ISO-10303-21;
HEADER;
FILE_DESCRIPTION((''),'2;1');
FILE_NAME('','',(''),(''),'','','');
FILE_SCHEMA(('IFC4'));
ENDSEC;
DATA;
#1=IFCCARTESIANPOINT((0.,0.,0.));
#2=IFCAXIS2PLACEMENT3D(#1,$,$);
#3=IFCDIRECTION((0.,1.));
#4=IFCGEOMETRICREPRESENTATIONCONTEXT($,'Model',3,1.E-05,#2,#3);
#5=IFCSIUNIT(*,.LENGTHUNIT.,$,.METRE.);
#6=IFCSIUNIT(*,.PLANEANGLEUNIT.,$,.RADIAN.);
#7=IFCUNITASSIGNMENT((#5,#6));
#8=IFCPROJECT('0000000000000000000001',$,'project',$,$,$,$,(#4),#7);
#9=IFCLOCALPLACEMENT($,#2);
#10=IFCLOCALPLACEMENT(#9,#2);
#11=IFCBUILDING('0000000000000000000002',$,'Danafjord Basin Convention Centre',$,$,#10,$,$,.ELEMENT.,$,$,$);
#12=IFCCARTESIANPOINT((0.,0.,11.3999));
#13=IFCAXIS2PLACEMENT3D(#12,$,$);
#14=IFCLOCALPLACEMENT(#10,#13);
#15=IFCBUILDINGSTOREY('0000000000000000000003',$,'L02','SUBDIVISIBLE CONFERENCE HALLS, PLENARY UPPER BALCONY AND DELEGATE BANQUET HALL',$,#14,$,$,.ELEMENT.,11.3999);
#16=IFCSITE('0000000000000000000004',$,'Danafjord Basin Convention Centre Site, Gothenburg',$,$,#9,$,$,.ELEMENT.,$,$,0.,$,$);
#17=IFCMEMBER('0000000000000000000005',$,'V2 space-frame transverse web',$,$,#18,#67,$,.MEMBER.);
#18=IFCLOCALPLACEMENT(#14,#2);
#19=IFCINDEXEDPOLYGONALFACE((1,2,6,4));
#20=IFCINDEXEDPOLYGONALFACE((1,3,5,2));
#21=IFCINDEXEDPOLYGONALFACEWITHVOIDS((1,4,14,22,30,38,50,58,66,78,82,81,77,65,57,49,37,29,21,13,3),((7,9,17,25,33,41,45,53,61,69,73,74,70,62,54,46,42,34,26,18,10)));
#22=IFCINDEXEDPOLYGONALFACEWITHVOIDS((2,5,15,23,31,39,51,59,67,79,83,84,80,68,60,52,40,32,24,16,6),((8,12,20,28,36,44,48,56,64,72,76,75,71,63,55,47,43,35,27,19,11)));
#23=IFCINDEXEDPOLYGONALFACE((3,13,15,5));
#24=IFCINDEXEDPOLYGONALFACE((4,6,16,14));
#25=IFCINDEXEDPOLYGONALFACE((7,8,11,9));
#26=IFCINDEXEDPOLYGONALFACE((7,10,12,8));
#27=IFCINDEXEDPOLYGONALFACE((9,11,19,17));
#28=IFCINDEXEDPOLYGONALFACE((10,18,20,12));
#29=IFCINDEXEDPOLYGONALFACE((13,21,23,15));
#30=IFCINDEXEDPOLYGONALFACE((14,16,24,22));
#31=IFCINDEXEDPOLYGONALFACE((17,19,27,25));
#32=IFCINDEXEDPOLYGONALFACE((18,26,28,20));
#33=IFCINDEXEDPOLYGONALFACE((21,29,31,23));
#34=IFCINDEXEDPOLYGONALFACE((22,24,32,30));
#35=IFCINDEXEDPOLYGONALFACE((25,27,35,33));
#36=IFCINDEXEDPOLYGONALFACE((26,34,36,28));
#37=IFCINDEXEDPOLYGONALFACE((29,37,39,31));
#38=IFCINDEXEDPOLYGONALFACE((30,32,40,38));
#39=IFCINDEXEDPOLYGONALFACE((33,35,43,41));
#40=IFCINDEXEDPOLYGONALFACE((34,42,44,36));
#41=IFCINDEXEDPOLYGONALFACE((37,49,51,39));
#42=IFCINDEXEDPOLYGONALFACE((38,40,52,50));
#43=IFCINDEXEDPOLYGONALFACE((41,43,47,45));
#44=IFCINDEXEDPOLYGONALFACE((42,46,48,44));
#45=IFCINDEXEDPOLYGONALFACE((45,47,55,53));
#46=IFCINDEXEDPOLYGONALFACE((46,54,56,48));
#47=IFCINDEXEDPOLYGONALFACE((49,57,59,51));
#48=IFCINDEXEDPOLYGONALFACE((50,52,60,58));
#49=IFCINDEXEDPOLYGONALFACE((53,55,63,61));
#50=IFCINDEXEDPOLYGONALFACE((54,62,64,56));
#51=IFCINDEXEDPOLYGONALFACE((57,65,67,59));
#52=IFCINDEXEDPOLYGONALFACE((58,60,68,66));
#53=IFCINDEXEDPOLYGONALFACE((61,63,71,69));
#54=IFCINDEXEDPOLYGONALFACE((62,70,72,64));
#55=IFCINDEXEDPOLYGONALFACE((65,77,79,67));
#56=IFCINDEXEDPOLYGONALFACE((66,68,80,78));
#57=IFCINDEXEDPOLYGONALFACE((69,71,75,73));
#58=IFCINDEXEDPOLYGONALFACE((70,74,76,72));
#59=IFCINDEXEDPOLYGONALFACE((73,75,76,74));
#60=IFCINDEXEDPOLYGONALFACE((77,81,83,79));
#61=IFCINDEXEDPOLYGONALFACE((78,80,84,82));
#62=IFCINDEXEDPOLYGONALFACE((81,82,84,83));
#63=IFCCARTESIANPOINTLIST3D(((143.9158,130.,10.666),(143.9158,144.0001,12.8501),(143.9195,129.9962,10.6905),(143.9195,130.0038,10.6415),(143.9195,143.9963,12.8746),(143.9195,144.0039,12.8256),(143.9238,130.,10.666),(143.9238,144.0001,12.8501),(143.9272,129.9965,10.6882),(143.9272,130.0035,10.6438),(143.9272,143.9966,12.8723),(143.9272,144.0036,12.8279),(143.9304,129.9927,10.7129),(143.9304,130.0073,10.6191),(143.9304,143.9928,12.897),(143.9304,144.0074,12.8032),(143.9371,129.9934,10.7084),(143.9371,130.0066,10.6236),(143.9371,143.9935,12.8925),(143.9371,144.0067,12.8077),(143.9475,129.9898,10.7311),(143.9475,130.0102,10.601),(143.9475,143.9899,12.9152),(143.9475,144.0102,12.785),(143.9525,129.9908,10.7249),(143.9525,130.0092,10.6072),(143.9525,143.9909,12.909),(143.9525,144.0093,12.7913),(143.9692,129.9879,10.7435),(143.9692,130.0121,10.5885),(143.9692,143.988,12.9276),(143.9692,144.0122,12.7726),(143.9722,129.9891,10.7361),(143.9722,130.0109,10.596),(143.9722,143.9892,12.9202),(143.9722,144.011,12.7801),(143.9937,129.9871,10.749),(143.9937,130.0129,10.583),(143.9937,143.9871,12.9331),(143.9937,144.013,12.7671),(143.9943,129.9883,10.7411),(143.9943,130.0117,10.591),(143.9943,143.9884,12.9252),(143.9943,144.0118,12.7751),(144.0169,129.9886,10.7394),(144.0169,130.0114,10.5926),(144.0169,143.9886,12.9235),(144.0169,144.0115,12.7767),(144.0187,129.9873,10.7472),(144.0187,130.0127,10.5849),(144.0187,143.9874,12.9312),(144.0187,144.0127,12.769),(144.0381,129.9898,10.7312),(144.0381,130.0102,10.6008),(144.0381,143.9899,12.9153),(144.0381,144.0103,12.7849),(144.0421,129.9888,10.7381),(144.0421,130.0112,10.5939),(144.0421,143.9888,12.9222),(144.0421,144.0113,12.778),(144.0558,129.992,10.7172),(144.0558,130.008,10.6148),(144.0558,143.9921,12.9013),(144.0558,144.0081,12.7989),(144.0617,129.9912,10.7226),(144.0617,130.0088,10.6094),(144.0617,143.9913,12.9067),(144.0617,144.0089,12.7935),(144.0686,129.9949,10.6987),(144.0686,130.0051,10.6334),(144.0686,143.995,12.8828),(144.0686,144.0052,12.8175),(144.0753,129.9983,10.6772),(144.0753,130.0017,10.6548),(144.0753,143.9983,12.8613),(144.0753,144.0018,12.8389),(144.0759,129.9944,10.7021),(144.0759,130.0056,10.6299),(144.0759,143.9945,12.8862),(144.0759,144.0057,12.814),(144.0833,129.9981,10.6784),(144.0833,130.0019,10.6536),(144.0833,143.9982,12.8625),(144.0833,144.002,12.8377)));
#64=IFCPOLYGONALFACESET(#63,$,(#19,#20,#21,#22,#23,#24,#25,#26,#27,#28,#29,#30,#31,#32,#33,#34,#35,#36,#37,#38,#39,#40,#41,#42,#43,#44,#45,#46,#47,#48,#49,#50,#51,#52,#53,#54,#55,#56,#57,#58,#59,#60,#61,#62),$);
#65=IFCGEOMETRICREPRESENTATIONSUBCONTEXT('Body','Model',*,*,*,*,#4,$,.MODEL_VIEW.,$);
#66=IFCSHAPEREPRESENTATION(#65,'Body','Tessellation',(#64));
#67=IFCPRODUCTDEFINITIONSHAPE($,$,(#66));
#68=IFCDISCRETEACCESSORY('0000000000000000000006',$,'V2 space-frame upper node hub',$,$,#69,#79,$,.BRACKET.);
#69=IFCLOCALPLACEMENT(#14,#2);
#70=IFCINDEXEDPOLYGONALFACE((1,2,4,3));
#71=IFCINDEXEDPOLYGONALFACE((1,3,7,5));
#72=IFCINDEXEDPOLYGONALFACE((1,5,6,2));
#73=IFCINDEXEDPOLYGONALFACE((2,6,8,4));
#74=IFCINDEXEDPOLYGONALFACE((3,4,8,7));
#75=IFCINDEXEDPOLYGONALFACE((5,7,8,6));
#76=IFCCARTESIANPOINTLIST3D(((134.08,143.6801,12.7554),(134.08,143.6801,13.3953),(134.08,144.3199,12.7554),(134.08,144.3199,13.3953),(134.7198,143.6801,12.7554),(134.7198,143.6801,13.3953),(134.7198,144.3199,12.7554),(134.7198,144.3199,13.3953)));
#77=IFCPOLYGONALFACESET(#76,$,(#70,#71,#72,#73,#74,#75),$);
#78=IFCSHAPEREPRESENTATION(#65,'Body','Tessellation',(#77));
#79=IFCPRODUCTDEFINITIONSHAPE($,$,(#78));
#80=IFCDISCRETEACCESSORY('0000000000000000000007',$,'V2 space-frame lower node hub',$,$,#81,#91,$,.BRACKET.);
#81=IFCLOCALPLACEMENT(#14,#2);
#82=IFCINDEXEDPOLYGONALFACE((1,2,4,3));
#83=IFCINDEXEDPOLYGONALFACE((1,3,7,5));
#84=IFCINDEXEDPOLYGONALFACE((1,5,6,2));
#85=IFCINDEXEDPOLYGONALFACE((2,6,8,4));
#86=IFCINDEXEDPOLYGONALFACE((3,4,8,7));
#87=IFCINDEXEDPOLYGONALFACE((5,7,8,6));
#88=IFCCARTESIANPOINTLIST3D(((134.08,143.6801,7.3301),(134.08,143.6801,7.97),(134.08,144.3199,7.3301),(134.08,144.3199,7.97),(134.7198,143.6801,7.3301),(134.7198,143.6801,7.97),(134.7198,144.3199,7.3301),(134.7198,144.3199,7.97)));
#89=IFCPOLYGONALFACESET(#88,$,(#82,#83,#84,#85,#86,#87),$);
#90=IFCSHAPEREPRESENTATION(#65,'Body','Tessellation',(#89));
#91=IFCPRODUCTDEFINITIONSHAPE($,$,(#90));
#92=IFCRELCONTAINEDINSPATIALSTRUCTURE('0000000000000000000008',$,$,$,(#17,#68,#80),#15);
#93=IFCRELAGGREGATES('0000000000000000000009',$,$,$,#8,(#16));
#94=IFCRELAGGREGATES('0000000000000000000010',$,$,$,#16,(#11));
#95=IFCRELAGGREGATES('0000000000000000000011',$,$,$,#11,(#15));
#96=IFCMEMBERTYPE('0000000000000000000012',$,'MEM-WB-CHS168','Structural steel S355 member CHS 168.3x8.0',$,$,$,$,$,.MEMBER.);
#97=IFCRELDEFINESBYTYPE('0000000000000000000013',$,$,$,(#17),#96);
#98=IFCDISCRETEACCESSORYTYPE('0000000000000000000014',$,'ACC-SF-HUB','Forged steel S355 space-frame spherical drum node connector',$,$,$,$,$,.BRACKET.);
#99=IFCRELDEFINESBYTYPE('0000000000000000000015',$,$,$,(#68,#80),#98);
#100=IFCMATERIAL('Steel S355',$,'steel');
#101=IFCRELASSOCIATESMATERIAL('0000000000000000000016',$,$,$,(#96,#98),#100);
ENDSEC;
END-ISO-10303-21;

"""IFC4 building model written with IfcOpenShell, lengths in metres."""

from ifc_helpers import new_model, si_unit, direction, frame, origin, origin_2d, place, context, subcontext, project, spatial, rectangle, hollow_circle, extrude, material, material_profile, profile_set, type_object, element, save


model = new_model("IFC4")

# Units and contexts
model_context = context("Model", 3, precision=1e-05, world=origin(), true_north=direction((0.0, 1.0)))
body_context = subcontext(model_context, "Body", "Model", "MODEL_VIEW")
ifc_project = project(units=[si_unit("LENGTHUNIT", "METRE"), si_unit("PLANEANGLEUNIT", "RADIAN")], contexts=[model_context])

# Site, building, storey
site_placement = place(None, origin())
site = spatial("IfcSite", under=ifc_project, at=site_placement, Name="Danafjord Basin Convention Centre Site, Gothenburg", CompositionType="ELEMENT", RefElevation=0.0)
building_placement = place(site_placement, origin())
building = spatial("IfcBuilding", under=site, at=building_placement, Name="Danafjord Basin Convention Centre", CompositionType="ELEMENT")
storey_placement = place(building_placement, frame((0.0, 0.0, 11.3999)))
storey = spatial("IfcBuildingStorey", under=building, at=storey_placement, Name="L02", Description="SUBDIVISIBLE CONFERENCE HALLS, PLENARY UPPER BALCONY AND DELEGATE BANQUET HALL", CompositionType="ELEMENT", Elevation=11.3999)

# Shared definitions
ifc_material_1 = material(Name="Steel S355", Category="steel")

# Member
ifc_material_profile_1 = material_profile(ifc_material_1, hollow_circle(Radius=0.0842, WallThickness=0.0081, at=origin_2d()), Name="CHS 168.3x8.0")
ifc_profile_set_1 = profile_set([ifc_material_profile_1], Name="Steel S355")
member_type_1 = type_object("IfcMemberType", Name="MEM-WB-CHS168", Description="Structural steel S355 member CHS 168.3x8.0", PredefinedType="MEMBER", material=ifc_profile_set_1)
member_1_placement = place(storey_placement, frame((144.0, 130.0, 10.666), z_axis=(0.0, 0.988049, 0.154141), x_axis=(-1.0, 0.0, 0.0)))
element("IfcMember", 1, at=member_1_placement, inside=storey, type_object=member_type_1, Name="V2 space-frame transverse web", PredefinedType="MEMBER", context=body_context, shape_type="SweptSolid", body=[
    extrude(hollow_circle(Radius=0.0842, WallThickness=0.0081, at=origin_2d()), origin(), (0.0, 0.0, 1.0), 14.1694),
])

# Discrete accessories
discrete_accessory_type = type_object("IfcDiscreteAccessoryType", Name="ACC-SF-HUB", Description="Forged steel S355 space-frame spherical drum node connector", PredefinedType="BRACKET", material=ifc_material_1)
for number, where, z_axis, x_axis, name in (
    (2, (134.3999, 144.0, 12.7554), (0.0, 0.0, 1.0), (1.0, 0.0, 0.0), "V2 space-frame upper node hub"),
    (3, (134.3999, 144.0, 7.3301), (0.0, 0.0, 1.0), (1.0, 0.0, 0.0), "V2 space-frame lower node hub"),
):
    element("IfcDiscreteAccessory", number, at=place(storey_placement, frame(where, z_axis=z_axis, x_axis=x_axis)), inside=storey, type_object=discrete_accessory_type, Name=name, PredefinedType="BRACKET", context=body_context, shape_type="SweptSolid", body=[
        extrude(rectangle(XDim=0.6399, YDim=0.6399, at=origin_2d()), origin(), (0.0, 0.0, 1.0), 0.6399),
    ])

save(model, "model.ifc")
